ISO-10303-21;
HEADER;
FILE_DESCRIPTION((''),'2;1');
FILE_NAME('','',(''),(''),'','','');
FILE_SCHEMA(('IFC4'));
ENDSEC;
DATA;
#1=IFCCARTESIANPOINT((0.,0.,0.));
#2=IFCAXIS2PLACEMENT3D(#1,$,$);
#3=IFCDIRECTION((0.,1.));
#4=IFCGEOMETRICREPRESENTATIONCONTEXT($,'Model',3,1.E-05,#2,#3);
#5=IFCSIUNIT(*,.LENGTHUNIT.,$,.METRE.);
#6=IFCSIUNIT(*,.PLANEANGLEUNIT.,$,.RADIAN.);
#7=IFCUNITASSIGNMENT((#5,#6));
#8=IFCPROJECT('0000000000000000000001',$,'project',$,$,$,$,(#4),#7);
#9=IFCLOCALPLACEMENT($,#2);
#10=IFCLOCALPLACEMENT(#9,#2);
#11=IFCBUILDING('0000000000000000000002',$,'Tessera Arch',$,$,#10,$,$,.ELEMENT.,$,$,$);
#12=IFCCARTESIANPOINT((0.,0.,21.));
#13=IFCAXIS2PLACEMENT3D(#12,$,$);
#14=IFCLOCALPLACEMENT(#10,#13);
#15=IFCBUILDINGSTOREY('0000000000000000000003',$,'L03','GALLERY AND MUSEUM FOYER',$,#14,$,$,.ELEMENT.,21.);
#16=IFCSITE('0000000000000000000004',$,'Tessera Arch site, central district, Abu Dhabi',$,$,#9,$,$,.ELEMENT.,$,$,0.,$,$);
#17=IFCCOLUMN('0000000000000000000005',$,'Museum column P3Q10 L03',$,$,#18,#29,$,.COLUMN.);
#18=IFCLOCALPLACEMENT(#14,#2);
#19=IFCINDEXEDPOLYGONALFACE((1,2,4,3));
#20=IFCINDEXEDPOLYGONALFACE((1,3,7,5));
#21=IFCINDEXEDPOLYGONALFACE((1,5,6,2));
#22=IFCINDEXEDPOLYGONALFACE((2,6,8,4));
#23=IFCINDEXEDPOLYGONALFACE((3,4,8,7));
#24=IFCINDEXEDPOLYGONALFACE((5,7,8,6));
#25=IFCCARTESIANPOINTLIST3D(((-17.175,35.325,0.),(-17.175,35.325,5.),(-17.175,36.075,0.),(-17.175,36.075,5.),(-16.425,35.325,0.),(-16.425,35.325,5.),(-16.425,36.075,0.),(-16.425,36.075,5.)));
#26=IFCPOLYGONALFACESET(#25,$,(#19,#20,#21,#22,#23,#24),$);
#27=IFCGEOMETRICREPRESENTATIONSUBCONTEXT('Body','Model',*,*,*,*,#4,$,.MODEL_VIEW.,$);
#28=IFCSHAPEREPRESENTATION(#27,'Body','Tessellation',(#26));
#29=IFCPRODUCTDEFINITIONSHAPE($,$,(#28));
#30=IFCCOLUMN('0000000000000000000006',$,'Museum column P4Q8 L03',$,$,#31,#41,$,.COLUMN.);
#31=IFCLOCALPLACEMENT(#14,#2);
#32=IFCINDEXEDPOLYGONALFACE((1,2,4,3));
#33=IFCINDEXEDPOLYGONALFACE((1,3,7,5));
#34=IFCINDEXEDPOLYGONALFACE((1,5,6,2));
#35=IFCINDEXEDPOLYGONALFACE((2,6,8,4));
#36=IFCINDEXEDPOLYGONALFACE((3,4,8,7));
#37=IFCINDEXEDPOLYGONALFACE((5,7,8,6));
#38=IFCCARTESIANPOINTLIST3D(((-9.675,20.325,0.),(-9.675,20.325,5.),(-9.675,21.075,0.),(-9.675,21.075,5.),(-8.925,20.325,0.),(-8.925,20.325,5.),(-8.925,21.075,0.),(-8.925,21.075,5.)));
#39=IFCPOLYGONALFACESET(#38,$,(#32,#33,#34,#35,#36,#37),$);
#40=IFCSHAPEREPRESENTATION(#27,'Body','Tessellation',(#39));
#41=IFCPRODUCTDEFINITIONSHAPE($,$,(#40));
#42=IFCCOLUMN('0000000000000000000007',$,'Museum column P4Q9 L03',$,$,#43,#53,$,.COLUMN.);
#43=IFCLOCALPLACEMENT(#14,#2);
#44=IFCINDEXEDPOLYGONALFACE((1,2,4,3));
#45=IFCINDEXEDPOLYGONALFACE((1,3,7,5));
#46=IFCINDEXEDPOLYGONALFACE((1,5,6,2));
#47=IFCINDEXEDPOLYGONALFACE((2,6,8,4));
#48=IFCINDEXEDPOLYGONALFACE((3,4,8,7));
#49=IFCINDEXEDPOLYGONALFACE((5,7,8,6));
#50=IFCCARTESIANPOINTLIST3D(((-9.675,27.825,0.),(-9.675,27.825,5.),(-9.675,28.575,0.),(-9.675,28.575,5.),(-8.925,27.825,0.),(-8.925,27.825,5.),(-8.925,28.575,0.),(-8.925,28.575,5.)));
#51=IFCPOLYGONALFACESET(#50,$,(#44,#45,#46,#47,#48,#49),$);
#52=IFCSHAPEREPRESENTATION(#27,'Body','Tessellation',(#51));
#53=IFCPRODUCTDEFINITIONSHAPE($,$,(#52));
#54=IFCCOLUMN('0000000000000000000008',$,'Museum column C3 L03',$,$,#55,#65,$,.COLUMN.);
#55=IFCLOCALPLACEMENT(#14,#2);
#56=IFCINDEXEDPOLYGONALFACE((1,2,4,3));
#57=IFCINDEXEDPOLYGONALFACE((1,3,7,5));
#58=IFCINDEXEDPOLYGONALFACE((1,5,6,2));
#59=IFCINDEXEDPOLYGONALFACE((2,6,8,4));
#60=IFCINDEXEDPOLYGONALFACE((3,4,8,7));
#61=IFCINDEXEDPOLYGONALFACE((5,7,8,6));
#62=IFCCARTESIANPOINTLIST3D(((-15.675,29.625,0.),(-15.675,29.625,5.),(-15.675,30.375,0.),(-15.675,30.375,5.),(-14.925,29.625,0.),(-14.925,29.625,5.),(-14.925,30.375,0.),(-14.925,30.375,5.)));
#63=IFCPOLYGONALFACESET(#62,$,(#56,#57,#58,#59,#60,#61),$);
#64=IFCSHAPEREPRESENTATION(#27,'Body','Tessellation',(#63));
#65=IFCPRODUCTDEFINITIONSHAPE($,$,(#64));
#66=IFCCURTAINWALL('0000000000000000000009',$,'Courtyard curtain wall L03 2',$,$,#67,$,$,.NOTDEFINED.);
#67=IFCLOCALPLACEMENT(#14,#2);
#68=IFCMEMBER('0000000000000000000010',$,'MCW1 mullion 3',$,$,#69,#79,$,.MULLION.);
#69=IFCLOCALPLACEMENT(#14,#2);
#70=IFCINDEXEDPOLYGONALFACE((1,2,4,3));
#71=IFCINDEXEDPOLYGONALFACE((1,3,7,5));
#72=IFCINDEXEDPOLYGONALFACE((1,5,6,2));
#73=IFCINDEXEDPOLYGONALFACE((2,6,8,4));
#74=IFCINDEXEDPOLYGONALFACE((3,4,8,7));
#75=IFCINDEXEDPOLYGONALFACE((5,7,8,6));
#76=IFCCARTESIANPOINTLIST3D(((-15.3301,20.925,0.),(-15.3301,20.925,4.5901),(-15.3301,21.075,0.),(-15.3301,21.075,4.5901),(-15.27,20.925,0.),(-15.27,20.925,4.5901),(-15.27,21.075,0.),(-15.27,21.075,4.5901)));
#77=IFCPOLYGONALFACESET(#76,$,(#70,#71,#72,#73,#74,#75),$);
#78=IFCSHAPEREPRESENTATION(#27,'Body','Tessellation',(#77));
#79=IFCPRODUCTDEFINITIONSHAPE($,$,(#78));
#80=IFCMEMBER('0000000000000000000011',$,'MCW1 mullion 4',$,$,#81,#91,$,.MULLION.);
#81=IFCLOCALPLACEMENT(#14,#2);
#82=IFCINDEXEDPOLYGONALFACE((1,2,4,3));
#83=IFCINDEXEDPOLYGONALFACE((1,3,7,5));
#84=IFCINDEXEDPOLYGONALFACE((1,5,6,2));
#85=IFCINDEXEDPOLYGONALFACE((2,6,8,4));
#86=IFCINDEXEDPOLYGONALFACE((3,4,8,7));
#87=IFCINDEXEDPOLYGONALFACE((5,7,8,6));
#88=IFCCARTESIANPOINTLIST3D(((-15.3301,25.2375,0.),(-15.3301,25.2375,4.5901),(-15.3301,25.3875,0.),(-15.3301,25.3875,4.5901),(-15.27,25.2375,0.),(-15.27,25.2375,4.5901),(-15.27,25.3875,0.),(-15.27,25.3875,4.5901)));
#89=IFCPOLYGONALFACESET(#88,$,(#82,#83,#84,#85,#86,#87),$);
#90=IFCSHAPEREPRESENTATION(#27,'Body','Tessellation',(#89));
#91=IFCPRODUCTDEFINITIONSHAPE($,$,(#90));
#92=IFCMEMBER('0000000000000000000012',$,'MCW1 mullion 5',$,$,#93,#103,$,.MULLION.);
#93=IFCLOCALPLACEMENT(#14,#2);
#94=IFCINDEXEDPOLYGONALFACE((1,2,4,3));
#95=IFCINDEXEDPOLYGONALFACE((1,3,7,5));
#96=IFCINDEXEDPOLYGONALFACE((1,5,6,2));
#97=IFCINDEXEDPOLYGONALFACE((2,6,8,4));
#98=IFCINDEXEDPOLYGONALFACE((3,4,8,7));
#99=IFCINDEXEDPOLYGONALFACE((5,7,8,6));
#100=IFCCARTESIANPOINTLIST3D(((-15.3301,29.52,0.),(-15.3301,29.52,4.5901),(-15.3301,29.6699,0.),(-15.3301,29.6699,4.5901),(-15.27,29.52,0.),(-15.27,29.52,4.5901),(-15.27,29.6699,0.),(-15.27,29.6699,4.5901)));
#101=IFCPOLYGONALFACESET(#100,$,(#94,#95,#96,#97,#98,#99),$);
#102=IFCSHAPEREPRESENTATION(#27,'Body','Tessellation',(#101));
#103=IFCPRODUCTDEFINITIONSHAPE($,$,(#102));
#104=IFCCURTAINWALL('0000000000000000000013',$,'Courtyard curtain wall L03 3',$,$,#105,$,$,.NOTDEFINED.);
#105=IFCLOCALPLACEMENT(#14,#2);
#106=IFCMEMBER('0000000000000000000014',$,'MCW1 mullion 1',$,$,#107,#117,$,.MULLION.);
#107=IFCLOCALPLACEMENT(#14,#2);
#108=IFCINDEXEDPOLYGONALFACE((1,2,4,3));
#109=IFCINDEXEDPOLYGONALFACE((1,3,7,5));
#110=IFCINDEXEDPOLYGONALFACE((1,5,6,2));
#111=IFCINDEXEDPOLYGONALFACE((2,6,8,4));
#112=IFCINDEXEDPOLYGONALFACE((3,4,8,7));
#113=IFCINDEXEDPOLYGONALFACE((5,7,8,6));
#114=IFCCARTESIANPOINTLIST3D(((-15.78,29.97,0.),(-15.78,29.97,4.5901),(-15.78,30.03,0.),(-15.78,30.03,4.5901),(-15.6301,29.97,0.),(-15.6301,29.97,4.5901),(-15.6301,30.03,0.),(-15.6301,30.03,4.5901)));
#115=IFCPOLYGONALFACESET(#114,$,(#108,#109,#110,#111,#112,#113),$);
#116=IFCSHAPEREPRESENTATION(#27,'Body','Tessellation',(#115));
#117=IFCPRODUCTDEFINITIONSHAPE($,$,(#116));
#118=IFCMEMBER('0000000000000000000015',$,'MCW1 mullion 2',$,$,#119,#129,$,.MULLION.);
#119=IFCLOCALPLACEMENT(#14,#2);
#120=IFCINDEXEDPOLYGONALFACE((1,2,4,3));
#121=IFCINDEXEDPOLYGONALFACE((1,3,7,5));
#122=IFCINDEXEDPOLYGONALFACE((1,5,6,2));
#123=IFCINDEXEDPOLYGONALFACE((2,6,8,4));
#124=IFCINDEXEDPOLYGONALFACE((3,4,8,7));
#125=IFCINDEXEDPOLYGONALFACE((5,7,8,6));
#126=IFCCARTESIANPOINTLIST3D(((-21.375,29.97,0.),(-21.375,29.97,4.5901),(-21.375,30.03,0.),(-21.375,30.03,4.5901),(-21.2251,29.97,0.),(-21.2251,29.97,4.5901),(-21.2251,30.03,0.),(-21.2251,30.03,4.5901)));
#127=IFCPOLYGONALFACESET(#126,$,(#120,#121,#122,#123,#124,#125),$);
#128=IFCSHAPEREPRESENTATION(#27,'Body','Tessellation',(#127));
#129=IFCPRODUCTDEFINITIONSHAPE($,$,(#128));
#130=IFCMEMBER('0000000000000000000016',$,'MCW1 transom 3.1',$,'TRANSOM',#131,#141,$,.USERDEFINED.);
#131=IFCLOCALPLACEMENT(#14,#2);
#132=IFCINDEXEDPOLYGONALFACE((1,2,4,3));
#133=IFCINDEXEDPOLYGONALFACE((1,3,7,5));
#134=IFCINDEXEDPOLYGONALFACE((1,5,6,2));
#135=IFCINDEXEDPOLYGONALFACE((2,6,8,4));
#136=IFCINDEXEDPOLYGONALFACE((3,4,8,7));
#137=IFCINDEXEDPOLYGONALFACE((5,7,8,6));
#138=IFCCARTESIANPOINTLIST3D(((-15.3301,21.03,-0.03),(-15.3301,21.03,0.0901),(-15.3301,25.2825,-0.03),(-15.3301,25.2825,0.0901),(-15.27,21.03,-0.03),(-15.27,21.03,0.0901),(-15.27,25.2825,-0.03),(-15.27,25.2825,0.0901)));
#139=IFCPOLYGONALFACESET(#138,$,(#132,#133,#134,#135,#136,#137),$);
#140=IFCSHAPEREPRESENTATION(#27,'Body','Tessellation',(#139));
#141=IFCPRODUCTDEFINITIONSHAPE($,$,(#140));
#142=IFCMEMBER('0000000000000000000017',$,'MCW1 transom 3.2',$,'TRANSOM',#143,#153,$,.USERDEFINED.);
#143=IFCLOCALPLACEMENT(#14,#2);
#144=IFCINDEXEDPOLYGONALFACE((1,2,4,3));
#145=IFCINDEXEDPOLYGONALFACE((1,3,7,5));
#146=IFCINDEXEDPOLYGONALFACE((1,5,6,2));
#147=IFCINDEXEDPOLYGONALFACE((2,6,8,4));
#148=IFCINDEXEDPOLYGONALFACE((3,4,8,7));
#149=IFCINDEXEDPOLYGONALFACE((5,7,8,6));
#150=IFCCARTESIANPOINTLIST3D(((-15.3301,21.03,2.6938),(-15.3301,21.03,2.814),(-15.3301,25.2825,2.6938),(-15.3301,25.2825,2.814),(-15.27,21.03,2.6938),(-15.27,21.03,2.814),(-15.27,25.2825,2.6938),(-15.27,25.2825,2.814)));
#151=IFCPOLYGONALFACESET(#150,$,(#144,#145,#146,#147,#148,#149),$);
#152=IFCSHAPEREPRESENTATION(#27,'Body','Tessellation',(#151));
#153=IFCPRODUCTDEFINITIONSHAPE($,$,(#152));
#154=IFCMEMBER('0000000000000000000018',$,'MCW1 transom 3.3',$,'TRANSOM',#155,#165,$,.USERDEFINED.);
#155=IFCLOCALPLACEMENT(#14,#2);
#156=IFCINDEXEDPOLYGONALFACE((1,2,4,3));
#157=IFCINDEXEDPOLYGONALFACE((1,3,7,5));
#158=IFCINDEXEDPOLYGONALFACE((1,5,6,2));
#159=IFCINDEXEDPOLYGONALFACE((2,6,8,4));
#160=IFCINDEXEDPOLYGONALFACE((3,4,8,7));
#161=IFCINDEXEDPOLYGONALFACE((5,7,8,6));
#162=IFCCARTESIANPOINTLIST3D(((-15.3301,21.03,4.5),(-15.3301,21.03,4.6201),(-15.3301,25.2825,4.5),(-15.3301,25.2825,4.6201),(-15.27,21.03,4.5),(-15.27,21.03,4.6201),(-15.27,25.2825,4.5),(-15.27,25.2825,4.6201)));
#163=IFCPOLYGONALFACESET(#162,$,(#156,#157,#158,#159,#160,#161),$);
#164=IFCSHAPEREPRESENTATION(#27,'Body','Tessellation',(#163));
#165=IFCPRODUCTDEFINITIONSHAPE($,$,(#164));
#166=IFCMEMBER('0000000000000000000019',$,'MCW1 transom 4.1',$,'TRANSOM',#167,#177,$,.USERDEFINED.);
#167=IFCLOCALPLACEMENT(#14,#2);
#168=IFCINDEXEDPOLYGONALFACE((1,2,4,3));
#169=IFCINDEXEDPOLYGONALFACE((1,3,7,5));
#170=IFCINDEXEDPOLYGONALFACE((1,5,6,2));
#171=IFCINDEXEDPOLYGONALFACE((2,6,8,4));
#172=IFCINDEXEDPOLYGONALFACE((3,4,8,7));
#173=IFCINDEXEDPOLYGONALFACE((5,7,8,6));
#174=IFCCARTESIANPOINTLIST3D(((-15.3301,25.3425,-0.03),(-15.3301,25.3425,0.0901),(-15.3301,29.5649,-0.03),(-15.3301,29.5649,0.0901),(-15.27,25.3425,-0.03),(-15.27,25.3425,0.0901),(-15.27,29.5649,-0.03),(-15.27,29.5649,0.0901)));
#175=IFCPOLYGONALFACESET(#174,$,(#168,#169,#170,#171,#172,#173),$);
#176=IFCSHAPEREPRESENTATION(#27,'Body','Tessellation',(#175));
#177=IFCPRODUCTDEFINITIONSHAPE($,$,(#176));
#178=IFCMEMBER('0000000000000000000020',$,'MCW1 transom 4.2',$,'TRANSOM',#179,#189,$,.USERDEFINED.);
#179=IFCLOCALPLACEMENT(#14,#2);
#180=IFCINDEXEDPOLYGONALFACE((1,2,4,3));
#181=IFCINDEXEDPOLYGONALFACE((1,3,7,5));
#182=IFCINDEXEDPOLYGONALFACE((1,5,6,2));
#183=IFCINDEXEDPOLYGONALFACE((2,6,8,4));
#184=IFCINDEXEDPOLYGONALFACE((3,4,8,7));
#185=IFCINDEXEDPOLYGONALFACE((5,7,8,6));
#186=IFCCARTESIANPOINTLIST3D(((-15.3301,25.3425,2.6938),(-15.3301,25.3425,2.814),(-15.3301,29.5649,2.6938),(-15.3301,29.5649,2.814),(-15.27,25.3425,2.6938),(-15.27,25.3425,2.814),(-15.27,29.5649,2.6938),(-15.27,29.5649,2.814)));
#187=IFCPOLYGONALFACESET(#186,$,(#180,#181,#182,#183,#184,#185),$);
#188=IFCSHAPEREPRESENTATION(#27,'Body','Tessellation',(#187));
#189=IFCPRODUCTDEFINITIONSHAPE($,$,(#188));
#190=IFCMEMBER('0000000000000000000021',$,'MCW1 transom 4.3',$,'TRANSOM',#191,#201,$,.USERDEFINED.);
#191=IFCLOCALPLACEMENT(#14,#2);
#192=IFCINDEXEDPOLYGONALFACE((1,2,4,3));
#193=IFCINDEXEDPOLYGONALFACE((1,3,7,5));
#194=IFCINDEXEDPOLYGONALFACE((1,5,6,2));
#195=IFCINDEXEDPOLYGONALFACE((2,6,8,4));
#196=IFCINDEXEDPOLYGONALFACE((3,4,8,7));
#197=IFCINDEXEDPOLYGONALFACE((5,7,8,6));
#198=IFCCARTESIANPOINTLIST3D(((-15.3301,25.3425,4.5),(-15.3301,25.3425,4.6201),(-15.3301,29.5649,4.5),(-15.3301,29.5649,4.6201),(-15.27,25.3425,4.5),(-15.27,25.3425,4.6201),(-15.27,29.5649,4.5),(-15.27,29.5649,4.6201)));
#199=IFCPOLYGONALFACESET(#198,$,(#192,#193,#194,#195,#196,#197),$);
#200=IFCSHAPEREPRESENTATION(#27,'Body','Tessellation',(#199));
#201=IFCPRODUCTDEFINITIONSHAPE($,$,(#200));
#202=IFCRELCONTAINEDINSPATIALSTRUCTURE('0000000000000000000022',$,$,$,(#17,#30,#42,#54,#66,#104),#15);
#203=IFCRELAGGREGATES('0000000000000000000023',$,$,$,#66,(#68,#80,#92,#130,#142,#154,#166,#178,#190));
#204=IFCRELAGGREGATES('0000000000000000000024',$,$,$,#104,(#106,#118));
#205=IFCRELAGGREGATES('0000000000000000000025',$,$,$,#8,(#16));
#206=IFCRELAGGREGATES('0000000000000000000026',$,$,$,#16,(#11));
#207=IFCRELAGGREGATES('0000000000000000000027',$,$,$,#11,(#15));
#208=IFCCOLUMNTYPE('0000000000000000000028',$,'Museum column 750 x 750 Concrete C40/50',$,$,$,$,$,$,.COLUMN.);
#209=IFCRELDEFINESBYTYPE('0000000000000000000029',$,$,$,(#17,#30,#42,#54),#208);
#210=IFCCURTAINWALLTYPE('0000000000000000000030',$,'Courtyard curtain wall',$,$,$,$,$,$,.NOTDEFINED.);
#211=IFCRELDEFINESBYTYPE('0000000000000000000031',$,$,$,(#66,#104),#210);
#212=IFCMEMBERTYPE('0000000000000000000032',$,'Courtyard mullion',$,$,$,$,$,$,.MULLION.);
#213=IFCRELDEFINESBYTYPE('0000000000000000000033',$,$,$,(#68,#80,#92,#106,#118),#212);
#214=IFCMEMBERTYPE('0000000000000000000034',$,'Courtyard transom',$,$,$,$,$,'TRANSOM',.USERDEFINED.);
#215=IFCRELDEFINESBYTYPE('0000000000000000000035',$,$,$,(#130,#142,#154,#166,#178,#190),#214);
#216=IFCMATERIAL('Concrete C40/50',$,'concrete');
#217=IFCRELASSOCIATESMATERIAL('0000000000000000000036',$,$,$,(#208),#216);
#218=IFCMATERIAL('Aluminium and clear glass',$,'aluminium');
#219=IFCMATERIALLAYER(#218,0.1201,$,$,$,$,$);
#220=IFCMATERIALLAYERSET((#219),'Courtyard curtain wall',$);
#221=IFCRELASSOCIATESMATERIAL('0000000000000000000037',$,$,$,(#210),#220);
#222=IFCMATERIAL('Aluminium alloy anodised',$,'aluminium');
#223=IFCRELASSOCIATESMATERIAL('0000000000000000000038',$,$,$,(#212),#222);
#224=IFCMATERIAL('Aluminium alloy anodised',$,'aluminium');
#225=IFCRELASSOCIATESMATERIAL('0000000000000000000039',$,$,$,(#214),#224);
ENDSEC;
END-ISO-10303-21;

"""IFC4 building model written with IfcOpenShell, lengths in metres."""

from ifc_helpers import new_model, si_unit, direction, frame, origin, origin_2d, place, context, subcontext, project, spatial, rectangle, extrude, material, layer, layer_set, material_profile, profile_set, type_object, element, aggregate, save


model = new_model("IFC4")

# Units and contexts
model_context = context("Model", 3, precision=1e-05, world=origin(), true_north=direction((0.0, 1.0)))
body_context = subcontext(model_context, "Body", "Model", "MODEL_VIEW")
ifc_project = project(units=[si_unit("LENGTHUNIT", "METRE"), si_unit("PLANEANGLEUNIT", "RADIAN")], contexts=[model_context])

# Site, building, storey
site_placement = place(None, origin())
site = spatial("IfcSite", under=ifc_project, at=site_placement, Name="Tessera Arch site, central district, Abu Dhabi", CompositionType="ELEMENT", RefElevation=0.0)
building_placement = place(site_placement, origin())
building = spatial("IfcBuilding", under=site, at=building_placement, Name="Tessera Arch", CompositionType="ELEMENT")
storey_placement = place(building_placement, frame((0.0, 0.0, 21.0)))
storey = spatial("IfcBuildingStorey", under=building, at=storey_placement, Name="L03", Description="GALLERY AND MUSEUM FOYER", CompositionType="ELEMENT", Elevation=21.0)

# Columns
ifc_material_1 = material(Name="Concrete C40/50", Category="concrete")
ifc_material_profile_1 = material_profile(ifc_material_1, rectangle(XDim=0.75, YDim=0.75, at=origin_2d()), Name="Museum column 750 x 750 Concrete C40/50")
ifc_profile_set_1 = profile_set([ifc_material_profile_1], Name="Concrete C40/50")
column_type = type_object("IfcColumnType", Name="Museum column 750 x 750 Concrete C40/50", PredefinedType="COLUMN", material=ifc_profile_set_1)
for number, where, z_axis, x_axis, name in (
    (1, (-16.8, 35.7, 0.0), (0.0, 0.0, 1.0), (1.0, 0.0, 0.0), "Museum column P3Q10 L03"),
    (2, (-9.3, 20.7, 0.0), (0.0, 0.0, 1.0), (1.0, 0.0, 0.0), "Museum column P4Q8 L03"),
    (3, (-9.3, 28.2, 0.0), (0.0, 0.0, 1.0), (1.0, 0.0, 0.0), "Museum column P4Q9 L03"),
    (4, (-15.3, 30.0, 0.0), (0.0, 0.0, 1.0), (1.0, 0.0, 0.0), "Museum column C3 L03"),
):
    element("IfcColumn", number, at=place(storey_placement, frame(where, z_axis=z_axis, x_axis=x_axis)), inside=storey, type_object=column_type, Name=name, PredefinedType="COLUMN", context=body_context, shape_type="SweptSolid", body=[
        extrude(rectangle(XDim=0.75, YDim=0.75, at=origin_2d()), origin(), (0.0, 0.0, 1.0), 5.0),
    ])

# Curtain walls, members
ifc_material_2 = material(Name="Aluminium and clear glass", Category="aluminium")
ifc_layer_1 = layer(ifc_material_2, 0.1201)
ifc_layer_set_1 = layer_set([ifc_layer_1], Name="Courtyard curtain wall")
curtain_wall_type = type_object("IfcCurtainWallType", Name="Courtyard curtain wall", PredefinedType="NOTDEFINED", material=ifc_layer_set_1)
curtain_wall_1_placement = place(storey_placement, origin())
curtain_wall_1 = element("IfcCurtainWall", 5, at=curtain_wall_1_placement, inside=storey, type_object=curtain_wall_type, Name="Courtyard curtain wall L03 2", PredefinedType="NOTDEFINED")
ifc_material_3 = material(Name="Aluminium alloy anodised", Category="aluminium")
ifc_material_profile_2 = material_profile(ifc_material_3, rectangle(XDim=0.0601, YDim=0.1499, at=origin_2d()), Name="Courtyard mullion")
ifc_profile_set_2 = profile_set([ifc_material_profile_2], Name="Aluminium alloy anodised")
member_type_1 = type_object("IfcMemberType", Name="Courtyard mullion", PredefinedType="MULLION", material=ifc_profile_set_2)
member_1_placement = place(storey_placement, frame((-15.3, 21.0, 0.0), z_axis=(0.0, 0.0, 1.0), x_axis=(-1.0, 0.0, 0.0)))
member_1 = element("IfcMember", 6, at=member_1_placement, type_object=member_type_1, Name="MCW1 mullion 3", PredefinedType="MULLION", context=body_context, shape_type="SweptSolid", body=[
    extrude(rectangle(XDim=0.0601, YDim=0.1499, at=origin_2d()), origin(), (0.0, 0.0, 1.0), 4.5901),
])
member_2_placement = place(storey_placement, frame((-15.3, 25.3125, 0.0), z_axis=(0.0, 0.0, 1.0), x_axis=(-1.0, 0.0, 0.0)))
member_2 = element("IfcMember", 7, at=member_2_placement, type_object=member_type_1, Name="MCW1 mullion 4", PredefinedType="MULLION", context=body_context, shape_type="SweptSolid", body=[
    extrude(rectangle(XDim=0.0601, YDim=0.1499, at=origin_2d()), origin(), (0.0, 0.0, 1.0), 4.5901),
])
member_3_placement = place(storey_placement, frame((-15.3, 29.595, 0.0), z_axis=(0.0, 0.0, 1.0), x_axis=(-1.0, 0.0, 0.0)))
member_3 = element("IfcMember", 8, at=member_3_placement, type_object=member_type_1, Name="MCW1 mullion 5", PredefinedType="MULLION", context=body_context, shape_type="SweptSolid", body=[
    extrude(rectangle(XDim=0.0601, YDim=0.1499, at=origin_2d()), origin(), (0.0, 0.0, 1.0), 4.5901),
])
curtain_wall_2_placement = place(storey_placement, origin())
curtain_wall_2 = element("IfcCurtainWall", 9, at=curtain_wall_2_placement, inside=storey, type_object=curtain_wall_type, Name="Courtyard curtain wall L03 3", PredefinedType="NOTDEFINED")
member_4_placement = place(storey_placement, frame((-15.7051, 30.0, 0.0), z_axis=(0.0, 0.0, 1.0), x_axis=(0.0, -1.0, 0.0)))
member_4 = element("IfcMember", 10, at=member_4_placement, type_object=member_type_1, Name="MCW1 mullion 1", PredefinedType="MULLION", context=body_context, shape_type="SweptSolid", body=[
    extrude(rectangle(XDim=0.0601, YDim=0.1499, at=origin_2d()), origin(), (0.0, 0.0, 1.0), 4.5901),
])
member_5_placement = place(storey_placement, frame((-21.3, 30.0, 0.0), z_axis=(0.0, 0.0, 1.0), x_axis=(0.0, -1.0, 0.0)))
member_5 = element("IfcMember", 11, at=member_5_placement, type_object=member_type_1, Name="MCW1 mullion 2", PredefinedType="MULLION", context=body_context, shape_type="SweptSolid", body=[
    extrude(rectangle(XDim=0.0601, YDim=0.1499, at=origin_2d()), origin(), (0.0, 0.0, 1.0), 4.5901),
])

# Members
ifc_material_4 = material(Name="Aluminium alloy anodised", Category="aluminium")
ifc_material_profile_3 = material_profile(ifc_material_4, rectangle(XDim=0.0601, YDim=0.1201, at=origin_2d()), Name="Courtyard transom")
ifc_profile_set_3 = profile_set([ifc_material_profile_3], Name="Aluminium alloy anodised")
member_type_2 = type_object("IfcMemberType", Name="Courtyard transom", ElementType="TRANSOM", PredefinedType="USERDEFINED", material=ifc_profile_set_3)
member_6_placement = place(storey_placement, frame((-15.3, 21.03, 0.03), z_axis=(0.0, 1.0, 0.0), x_axis=(-1.0, 0.0, 0.0)))
member_6 = element("IfcMember", 12, at=member_6_placement, type_object=member_type_2, Name="MCW1 transom 3.1", ObjectType="TRANSOM", PredefinedType="USERDEFINED", context=body_context, shape_type="SweptSolid", body=[
    extrude(rectangle(XDim=0.0601, YDim=0.1201, at=origin_2d()), origin(), (0.0, 0.0, 1.0), 4.2524),
])
member_7_placement = place(storey_placement, frame((-15.3, 21.03, 2.7539), z_axis=(0.0, 1.0, 0.0), x_axis=(-1.0, 0.0, 0.0)))
member_7 = element("IfcMember", 13, at=member_7_placement, type_object=member_type_2, Name="MCW1 transom 3.2", ObjectType="TRANSOM", PredefinedType="USERDEFINED", context=body_context, shape_type="SweptSolid", body=[
    extrude(rectangle(XDim=0.0601, YDim=0.1201, at=origin_2d()), origin(), (0.0, 0.0, 1.0), 4.2524),
])
member_8_placement = place(storey_placement, frame((-15.3, 21.03, 4.5601), z_axis=(0.0, 1.0, 0.0), x_axis=(-1.0, 0.0, 0.0)))
member_8 = element("IfcMember", 14, at=member_8_placement, type_object=member_type_2, Name="MCW1 transom 3.3", ObjectType="TRANSOM", PredefinedType="USERDEFINED", context=body_context, shape_type="SweptSolid", body=[
    extrude(rectangle(XDim=0.0601, YDim=0.1201, at=origin_2d()), origin(), (0.0, 0.0, 1.0), 4.2524),
])
member_9_placement = place(storey_placement, frame((-15.3, 25.3425, 0.03), z_axis=(0.0, 1.0, 0.0), x_axis=(-1.0, 0.0, 0.0)))
member_9 = element("IfcMember", 15, at=member_9_placement, type_object=member_type_2, Name="MCW1 transom 4.1", ObjectType="TRANSOM", PredefinedType="USERDEFINED", context=body_context, shape_type="SweptSolid", body=[
    extrude(rectangle(XDim=0.0601, YDim=0.1201, at=origin_2d()), origin(), (0.0, 0.0, 1.0), 4.2224),
])
member_10_placement = place(storey_placement, frame((-15.3, 25.3425, 2.7539), z_axis=(0.0, 1.0, 0.0), x_axis=(-1.0, 0.0, 0.0)))
member_10 = element("IfcMember", 16, at=member_10_placement, type_object=member_type_2, Name="MCW1 transom 4.2", ObjectType="TRANSOM", PredefinedType="USERDEFINED", context=body_context, shape_type="SweptSolid", body=[
    extrude(rectangle(XDim=0.0601, YDim=0.1201, at=origin_2d()), origin(), (0.0, 0.0, 1.0), 4.2224),
])
member_11_placement = place(storey_placement, frame((-15.3, 25.3425, 4.5601), z_axis=(0.0, 1.0, 0.0), x_axis=(-1.0, 0.0, 0.0)))
member_11 = element("IfcMember", 17, at=member_11_placement, type_object=member_type_2, Name="MCW1 transom 4.3", ObjectType="TRANSOM", PredefinedType="USERDEFINED", context=body_context, shape_type="SweptSolid", body=[
    extrude(rectangle(XDim=0.0601, YDim=0.1201, at=origin_2d()), origin(), (0.0, 0.0, 1.0), 4.2224),
])

aggregate(curtain_wall_1, [member_1, member_2, member_3, member_6, member_7, member_8, member_9, member_10, member_11])
aggregate(curtain_wall_2, [member_4, member_5])

save(model, "model.ifc")
